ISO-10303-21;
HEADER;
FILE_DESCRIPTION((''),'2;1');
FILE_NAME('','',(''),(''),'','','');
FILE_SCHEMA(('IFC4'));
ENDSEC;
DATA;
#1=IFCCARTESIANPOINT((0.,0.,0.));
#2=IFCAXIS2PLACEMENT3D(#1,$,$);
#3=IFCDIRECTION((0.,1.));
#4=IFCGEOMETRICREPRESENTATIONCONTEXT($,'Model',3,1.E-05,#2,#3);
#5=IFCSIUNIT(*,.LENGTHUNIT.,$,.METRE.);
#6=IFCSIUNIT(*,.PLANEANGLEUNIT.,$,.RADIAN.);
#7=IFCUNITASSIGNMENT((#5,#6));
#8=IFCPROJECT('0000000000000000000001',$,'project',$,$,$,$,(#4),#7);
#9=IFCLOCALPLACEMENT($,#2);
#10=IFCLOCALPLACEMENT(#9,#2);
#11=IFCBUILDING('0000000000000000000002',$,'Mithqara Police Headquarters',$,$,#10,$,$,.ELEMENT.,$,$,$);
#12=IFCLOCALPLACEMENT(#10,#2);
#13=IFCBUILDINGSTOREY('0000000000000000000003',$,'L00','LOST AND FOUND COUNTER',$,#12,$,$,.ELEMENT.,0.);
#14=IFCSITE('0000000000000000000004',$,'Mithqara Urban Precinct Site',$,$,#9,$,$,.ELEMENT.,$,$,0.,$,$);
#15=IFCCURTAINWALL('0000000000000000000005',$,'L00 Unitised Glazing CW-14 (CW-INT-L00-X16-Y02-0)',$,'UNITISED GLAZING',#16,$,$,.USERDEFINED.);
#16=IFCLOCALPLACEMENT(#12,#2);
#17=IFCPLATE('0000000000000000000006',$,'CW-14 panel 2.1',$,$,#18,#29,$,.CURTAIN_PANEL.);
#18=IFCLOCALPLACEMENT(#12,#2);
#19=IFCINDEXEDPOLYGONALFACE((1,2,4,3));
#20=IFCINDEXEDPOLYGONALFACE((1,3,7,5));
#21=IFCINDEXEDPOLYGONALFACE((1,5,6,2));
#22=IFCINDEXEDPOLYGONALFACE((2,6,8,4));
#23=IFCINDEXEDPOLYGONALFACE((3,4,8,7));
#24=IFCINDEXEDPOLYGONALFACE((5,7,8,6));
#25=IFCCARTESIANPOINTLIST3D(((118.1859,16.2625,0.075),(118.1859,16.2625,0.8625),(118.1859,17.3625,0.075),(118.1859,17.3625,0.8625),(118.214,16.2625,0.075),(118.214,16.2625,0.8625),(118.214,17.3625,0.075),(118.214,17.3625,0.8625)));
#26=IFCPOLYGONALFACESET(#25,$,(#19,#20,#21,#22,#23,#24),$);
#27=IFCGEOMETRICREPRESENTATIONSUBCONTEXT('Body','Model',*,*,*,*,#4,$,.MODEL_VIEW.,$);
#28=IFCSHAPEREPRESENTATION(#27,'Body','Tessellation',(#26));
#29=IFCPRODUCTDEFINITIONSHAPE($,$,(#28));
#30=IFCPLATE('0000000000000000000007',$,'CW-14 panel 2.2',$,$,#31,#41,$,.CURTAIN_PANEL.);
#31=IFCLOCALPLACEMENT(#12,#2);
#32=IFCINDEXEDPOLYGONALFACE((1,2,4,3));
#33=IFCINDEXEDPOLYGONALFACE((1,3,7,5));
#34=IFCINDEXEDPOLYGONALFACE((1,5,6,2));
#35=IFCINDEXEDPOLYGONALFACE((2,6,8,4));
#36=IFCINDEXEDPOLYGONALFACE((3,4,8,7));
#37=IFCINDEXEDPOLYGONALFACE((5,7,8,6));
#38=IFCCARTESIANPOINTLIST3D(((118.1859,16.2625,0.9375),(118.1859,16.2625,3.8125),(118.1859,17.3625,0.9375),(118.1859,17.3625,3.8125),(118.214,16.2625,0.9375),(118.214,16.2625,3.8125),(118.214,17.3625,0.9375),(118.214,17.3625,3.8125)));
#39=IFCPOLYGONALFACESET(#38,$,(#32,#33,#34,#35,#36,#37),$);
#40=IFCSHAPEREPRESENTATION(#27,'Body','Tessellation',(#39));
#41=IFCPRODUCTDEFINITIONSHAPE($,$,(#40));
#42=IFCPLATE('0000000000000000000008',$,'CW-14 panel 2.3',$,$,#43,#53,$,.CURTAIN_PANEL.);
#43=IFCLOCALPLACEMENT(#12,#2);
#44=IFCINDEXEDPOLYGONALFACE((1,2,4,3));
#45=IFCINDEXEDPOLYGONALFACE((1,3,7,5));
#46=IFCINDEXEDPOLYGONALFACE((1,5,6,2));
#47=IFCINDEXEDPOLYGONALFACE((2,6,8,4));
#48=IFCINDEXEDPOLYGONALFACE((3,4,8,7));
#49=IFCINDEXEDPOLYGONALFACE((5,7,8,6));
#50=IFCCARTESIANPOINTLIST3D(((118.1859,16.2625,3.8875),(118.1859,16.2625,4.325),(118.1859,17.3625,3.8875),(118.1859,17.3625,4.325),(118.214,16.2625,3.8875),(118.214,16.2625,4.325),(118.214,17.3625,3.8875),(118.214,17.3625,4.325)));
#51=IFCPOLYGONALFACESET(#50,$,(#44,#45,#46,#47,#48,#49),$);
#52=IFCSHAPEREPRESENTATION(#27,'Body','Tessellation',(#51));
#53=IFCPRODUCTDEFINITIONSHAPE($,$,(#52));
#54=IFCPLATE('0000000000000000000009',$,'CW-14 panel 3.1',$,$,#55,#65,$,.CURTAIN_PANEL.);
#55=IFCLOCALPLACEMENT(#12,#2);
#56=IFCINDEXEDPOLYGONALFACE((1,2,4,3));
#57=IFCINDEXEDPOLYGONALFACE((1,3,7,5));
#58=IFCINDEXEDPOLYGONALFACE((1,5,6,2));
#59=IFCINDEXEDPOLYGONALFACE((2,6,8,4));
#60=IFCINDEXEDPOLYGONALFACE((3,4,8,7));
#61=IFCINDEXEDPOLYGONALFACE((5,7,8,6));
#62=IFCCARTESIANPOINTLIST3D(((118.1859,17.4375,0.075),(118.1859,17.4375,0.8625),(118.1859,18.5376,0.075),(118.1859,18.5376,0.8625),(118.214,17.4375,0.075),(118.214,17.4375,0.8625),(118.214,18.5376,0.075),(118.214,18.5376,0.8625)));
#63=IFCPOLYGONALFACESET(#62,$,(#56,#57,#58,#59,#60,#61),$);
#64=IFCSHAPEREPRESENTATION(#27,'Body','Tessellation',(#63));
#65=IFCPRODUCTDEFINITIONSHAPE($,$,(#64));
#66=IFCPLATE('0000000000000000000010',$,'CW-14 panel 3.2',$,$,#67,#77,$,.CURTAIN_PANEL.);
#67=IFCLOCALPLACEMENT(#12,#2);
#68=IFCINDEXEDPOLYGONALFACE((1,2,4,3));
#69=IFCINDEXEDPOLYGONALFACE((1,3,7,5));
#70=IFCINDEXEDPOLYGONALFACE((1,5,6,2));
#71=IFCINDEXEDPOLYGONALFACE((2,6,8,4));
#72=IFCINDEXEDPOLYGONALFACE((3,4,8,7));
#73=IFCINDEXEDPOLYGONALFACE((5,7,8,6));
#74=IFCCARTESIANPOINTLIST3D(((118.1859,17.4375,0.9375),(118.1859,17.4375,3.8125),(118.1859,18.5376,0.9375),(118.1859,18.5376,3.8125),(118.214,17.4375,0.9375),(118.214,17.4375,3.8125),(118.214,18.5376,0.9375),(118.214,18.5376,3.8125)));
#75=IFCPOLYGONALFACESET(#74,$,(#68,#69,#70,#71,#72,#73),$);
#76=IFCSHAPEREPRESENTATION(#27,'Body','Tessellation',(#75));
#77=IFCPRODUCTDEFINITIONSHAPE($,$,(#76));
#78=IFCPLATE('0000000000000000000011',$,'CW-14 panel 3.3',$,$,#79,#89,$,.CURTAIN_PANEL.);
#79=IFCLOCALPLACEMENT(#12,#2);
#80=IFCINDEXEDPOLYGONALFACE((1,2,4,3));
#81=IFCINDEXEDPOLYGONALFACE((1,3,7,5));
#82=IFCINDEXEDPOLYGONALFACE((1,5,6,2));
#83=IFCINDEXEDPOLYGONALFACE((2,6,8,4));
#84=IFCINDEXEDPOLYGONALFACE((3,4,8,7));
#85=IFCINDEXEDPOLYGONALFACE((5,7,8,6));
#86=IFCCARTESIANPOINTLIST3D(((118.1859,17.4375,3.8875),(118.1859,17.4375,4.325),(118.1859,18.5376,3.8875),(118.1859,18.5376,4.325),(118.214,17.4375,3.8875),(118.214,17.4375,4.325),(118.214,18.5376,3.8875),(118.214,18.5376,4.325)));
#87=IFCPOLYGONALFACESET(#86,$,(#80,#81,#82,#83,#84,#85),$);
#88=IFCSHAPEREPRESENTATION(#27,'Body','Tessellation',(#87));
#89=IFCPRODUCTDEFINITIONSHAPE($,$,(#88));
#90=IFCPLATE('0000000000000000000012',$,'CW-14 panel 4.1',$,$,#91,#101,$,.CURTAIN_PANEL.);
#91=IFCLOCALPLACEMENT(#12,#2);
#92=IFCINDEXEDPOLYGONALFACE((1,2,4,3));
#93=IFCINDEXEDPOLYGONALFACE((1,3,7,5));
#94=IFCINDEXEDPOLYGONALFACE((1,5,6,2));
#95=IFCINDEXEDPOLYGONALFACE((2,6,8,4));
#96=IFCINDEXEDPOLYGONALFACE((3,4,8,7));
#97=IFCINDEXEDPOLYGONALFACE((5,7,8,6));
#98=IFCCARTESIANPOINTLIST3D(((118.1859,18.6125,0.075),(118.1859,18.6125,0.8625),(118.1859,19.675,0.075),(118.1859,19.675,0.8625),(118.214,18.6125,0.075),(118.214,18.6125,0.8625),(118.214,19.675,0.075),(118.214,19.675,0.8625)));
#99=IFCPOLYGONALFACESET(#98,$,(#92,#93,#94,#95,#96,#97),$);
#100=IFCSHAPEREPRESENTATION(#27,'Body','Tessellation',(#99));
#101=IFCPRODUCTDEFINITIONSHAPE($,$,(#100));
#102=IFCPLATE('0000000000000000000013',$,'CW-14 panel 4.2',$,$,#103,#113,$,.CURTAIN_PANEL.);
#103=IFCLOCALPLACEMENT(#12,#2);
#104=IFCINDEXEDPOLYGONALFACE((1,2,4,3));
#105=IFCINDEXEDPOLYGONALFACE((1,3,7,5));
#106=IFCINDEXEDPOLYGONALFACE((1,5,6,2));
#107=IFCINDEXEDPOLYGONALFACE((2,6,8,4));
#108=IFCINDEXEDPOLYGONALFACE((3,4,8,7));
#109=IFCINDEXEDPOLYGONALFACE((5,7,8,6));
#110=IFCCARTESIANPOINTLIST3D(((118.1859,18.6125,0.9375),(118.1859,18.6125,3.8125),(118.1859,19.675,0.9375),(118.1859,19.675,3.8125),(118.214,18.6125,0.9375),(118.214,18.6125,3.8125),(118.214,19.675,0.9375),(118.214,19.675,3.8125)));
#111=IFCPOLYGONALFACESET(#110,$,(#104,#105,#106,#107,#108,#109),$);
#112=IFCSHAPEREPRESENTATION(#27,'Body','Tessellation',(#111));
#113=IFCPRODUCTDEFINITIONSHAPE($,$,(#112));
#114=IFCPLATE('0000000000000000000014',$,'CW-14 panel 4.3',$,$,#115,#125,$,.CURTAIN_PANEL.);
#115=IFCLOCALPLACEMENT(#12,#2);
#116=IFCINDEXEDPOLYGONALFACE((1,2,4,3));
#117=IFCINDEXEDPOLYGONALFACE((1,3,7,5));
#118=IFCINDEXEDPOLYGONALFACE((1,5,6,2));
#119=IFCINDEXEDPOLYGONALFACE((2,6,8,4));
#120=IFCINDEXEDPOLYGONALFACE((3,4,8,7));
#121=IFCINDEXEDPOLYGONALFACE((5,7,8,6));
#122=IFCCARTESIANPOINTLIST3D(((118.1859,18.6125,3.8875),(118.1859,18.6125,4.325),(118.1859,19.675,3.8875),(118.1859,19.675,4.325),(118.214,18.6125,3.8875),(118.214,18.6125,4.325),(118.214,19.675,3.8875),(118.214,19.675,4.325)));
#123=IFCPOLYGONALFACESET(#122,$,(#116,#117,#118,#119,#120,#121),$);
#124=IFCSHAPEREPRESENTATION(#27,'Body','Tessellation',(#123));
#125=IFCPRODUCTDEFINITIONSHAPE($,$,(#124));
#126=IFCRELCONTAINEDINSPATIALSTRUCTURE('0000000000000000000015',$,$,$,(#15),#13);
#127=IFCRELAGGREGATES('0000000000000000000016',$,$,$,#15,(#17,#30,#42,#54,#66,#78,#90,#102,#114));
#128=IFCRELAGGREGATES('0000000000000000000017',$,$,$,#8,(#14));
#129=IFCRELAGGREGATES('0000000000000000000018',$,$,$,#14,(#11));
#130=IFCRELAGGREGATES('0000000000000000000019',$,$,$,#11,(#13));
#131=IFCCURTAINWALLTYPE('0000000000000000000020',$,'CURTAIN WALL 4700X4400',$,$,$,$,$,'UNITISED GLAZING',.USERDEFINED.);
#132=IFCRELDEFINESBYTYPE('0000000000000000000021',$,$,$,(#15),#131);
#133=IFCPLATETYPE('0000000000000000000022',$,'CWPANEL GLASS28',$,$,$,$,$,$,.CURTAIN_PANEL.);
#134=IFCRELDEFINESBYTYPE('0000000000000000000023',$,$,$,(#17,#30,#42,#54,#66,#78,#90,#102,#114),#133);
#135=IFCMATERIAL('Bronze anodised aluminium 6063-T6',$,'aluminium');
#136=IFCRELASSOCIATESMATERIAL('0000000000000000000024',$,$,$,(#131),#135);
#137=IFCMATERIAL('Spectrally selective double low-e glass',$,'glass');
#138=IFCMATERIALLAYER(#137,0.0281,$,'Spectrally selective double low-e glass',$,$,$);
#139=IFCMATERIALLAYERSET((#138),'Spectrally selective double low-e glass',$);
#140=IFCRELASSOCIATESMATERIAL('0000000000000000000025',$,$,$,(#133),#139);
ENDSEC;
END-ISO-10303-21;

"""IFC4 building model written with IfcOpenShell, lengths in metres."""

from ifc_helpers import new_model, si_unit, direction, frame, origin, origin_2d, place, context, subcontext, project, spatial, rectangle, extrude, material, layer, layer_set, type_object, element, aggregate, save


model = new_model("IFC4")

# Units and contexts
model_context = context("Model", 3, precision=1e-05, world=origin(), true_north=direction((0.0, 1.0)))
body_context = subcontext(model_context, "Body", "Model", "MODEL_VIEW")
ifc_project = project(units=[si_unit("LENGTHUNIT", "METRE"), si_unit("PLANEANGLEUNIT", "RADIAN")], contexts=[model_context])

# Site, building, storey
site_placement = place(None, origin())
site = spatial("IfcSite", under=ifc_project, at=site_placement, Name="Mithqara Urban Precinct Site", CompositionType="ELEMENT", RefElevation=0.0)
building_placement = place(site_placement, origin())
building = spatial("IfcBuilding", under=site, at=building_placement, Name="Mithqara Police Headquarters", CompositionType="ELEMENT")
storey_placement = place(building_placement, origin())
storey = spatial("IfcBuildingStorey", under=building, at=storey_placement, Name="L00", Description="LOST AND FOUND COUNTER", CompositionType="ELEMENT", Elevation=0.0)

# Curtain wall
ifc_material_1 = material(Name="Bronze anodised aluminium 6063-T6", Category="aluminium")
curtain_wall_type = type_object("IfcCurtainWallType", Name="CURTAIN WALL 4700X4400", ElementType="UNITISED GLAZING", PredefinedType="USERDEFINED", material=ifc_material_1)
curtain_wall_1_placement = place(storey_placement, origin())
curtain_wall_1 = element("IfcCurtainWall", 1, at=curtain_wall_1_placement, inside=storey, type_object=curtain_wall_type, Name="L00 Unitised Glazing CW-14 (CW-INT-L00-X16-Y02-0)", ObjectType="UNITISED GLAZING", PredefinedType="USERDEFINED")

# Plates
ifc_material_2 = material(Name="Spectrally selective double low-e glass", Category="glass")
ifc_layer = layer(ifc_material_2, 0.0281, Name="Spectrally selective double low-e glass")
ifc_layer_set = layer_set([ifc_layer], Name="Spectrally selective double low-e glass")
plate_type = type_object("IfcPlateType", Name="CWPANEL GLASS28", PredefinedType="CURTAIN_PANEL", material=ifc_layer_set)
plate_1_placement = place(storey_placement, frame((118.2, 16.8125, 0.075), z_axis=(0.0, 0.0, 1.0), x_axis=(0.0, 1.0, 0.0)))
plate_1 = element("IfcPlate", 2, at=plate_1_placement, type_object=plate_type, Name="CW-14 panel 2.1", PredefinedType="CURTAIN_PANEL", context=body_context, shape_type="SweptSolid", body=[
    extrude(rectangle(XDim=1.1001, YDim=0.0281, at=origin_2d()), origin(), (0.0, 0.0, 1.0), 0.7876),
])
plate_2_placement = place(storey_placement, frame((118.2, 16.8125, 0.9375), z_axis=(0.0, 0.0, 1.0), x_axis=(0.0, 1.0, 0.0)))
plate_2 = element("IfcPlate", 3, at=plate_2_placement, type_object=plate_type, Name="CW-14 panel 2.2", PredefinedType="CURTAIN_PANEL", context=body_context, shape_type="SweptSolid", body=[
    extrude(rectangle(XDim=1.1001, YDim=0.0281, at=origin_2d()), origin(), (0.0, 0.0, 1.0), 2.875),
])
plate_3_placement = place(storey_placement, frame((118.2, 16.8125, 3.8875), z_axis=(0.0, 0.0, 1.0), x_axis=(0.0, 1.0, 0.0)))
plate_3 = element("IfcPlate", 4, at=plate_3_placement, type_object=plate_type, Name="CW-14 panel 2.3", PredefinedType="CURTAIN_PANEL", context=body_context, shape_type="SweptSolid", body=[
    extrude(rectangle(XDim=1.1001, YDim=0.0281, at=origin_2d()), origin(), (0.0, 0.0, 1.0), 0.4375),
])
plate_4_placement = place(storey_placement, frame((118.2, 17.9875, 0.075), z_axis=(0.0, 0.0, 1.0), x_axis=(0.0, 1.0, 0.0)))
plate_4 = element("IfcPlate", 5, at=plate_4_placement, type_object=plate_type, Name="CW-14 panel 3.1", PredefinedType="CURTAIN_PANEL", context=body_context, shape_type="SweptSolid", body=[
    extrude(rectangle(XDim=1.1001, YDim=0.0281, at=origin_2d()), origin(), (0.0, 0.0, 1.0), 0.7876),
])
plate_5_placement = place(storey_placement, frame((118.2, 17.9875, 0.9375), z_axis=(0.0, 0.0, 1.0), x_axis=(0.0, 1.0, 0.0)))
plate_5 = element("IfcPlate", 6, at=plate_5_placement, type_object=plate_type, Name="CW-14 panel 3.2", PredefinedType="CURTAIN_PANEL", context=body_context, shape_type="SweptSolid", body=[
    extrude(rectangle(XDim=1.1001, YDim=0.0281, at=origin_2d()), origin(), (0.0, 0.0, 1.0), 2.875),
])
plate_6_placement = place(storey_placement, frame((118.2, 17.9875, 3.8875), z_axis=(0.0, 0.0, 1.0), x_axis=(0.0, 1.0, 0.0)))
plate_6 = element("IfcPlate", 7, at=plate_6_placement, type_object=plate_type, Name="CW-14 panel 3.3", PredefinedType="CURTAIN_PANEL", context=body_context, shape_type="SweptSolid", body=[
    extrude(rectangle(XDim=1.1001, YDim=0.0281, at=origin_2d()), origin(), (0.0, 0.0, 1.0), 0.4375),
])
plate_7_placement = place(storey_placement, frame((118.2, 19.1438, 0.075), z_axis=(0.0, 0.0, 1.0), x_axis=(0.0, 1.0, 0.0)))
plate_7 = element("IfcPlate", 8, at=plate_7_placement, type_object=plate_type, Name="CW-14 panel 4.1", PredefinedType="CURTAIN_PANEL", context=body_context, shape_type="SweptSolid", body=[
    extrude(rectangle(XDim=1.0625, YDim=0.0281, at=origin_2d()), origin(), (0.0, 0.0, 1.0), 0.7876),
])
plate_8_placement = place(storey_placement, frame((118.2, 19.1438, 0.9375), z_axis=(0.0, 0.0, 1.0), x_axis=(0.0, 1.0, 0.0)))
plate_8 = element("IfcPlate", 9, at=plate_8_placement, type_object=plate_type, Name="CW-14 panel 4.2", PredefinedType="CURTAIN_PANEL", context=body_context, shape_type="SweptSolid", body=[
    extrude(rectangle(XDim=1.0625, YDim=0.0281, at=origin_2d()), origin(), (0.0, 0.0, 1.0), 2.875),
])
plate_9_placement = place(storey_placement, frame((118.2, 19.1438, 3.8875), z_axis=(0.0, 0.0, 1.0), x_axis=(0.0, 1.0, 0.0)))
plate_9 = element("IfcPlate", 10, at=plate_9_placement, type_object=plate_type, Name="CW-14 panel 4.3", PredefinedType="CURTAIN_PANEL", context=body_context, shape_type="SweptSolid", body=[
    extrude(rectangle(XDim=1.0625, YDim=0.0281, at=origin_2d()), origin(), (0.0, 0.0, 1.0), 0.4375),
])
aggregate(curtain_wall_1, [plate_1, plate_2, plate_3, plate_4, plate_5, plate_6, plate_7, plate_8, plate_9])

save(model, "model.ifc")
